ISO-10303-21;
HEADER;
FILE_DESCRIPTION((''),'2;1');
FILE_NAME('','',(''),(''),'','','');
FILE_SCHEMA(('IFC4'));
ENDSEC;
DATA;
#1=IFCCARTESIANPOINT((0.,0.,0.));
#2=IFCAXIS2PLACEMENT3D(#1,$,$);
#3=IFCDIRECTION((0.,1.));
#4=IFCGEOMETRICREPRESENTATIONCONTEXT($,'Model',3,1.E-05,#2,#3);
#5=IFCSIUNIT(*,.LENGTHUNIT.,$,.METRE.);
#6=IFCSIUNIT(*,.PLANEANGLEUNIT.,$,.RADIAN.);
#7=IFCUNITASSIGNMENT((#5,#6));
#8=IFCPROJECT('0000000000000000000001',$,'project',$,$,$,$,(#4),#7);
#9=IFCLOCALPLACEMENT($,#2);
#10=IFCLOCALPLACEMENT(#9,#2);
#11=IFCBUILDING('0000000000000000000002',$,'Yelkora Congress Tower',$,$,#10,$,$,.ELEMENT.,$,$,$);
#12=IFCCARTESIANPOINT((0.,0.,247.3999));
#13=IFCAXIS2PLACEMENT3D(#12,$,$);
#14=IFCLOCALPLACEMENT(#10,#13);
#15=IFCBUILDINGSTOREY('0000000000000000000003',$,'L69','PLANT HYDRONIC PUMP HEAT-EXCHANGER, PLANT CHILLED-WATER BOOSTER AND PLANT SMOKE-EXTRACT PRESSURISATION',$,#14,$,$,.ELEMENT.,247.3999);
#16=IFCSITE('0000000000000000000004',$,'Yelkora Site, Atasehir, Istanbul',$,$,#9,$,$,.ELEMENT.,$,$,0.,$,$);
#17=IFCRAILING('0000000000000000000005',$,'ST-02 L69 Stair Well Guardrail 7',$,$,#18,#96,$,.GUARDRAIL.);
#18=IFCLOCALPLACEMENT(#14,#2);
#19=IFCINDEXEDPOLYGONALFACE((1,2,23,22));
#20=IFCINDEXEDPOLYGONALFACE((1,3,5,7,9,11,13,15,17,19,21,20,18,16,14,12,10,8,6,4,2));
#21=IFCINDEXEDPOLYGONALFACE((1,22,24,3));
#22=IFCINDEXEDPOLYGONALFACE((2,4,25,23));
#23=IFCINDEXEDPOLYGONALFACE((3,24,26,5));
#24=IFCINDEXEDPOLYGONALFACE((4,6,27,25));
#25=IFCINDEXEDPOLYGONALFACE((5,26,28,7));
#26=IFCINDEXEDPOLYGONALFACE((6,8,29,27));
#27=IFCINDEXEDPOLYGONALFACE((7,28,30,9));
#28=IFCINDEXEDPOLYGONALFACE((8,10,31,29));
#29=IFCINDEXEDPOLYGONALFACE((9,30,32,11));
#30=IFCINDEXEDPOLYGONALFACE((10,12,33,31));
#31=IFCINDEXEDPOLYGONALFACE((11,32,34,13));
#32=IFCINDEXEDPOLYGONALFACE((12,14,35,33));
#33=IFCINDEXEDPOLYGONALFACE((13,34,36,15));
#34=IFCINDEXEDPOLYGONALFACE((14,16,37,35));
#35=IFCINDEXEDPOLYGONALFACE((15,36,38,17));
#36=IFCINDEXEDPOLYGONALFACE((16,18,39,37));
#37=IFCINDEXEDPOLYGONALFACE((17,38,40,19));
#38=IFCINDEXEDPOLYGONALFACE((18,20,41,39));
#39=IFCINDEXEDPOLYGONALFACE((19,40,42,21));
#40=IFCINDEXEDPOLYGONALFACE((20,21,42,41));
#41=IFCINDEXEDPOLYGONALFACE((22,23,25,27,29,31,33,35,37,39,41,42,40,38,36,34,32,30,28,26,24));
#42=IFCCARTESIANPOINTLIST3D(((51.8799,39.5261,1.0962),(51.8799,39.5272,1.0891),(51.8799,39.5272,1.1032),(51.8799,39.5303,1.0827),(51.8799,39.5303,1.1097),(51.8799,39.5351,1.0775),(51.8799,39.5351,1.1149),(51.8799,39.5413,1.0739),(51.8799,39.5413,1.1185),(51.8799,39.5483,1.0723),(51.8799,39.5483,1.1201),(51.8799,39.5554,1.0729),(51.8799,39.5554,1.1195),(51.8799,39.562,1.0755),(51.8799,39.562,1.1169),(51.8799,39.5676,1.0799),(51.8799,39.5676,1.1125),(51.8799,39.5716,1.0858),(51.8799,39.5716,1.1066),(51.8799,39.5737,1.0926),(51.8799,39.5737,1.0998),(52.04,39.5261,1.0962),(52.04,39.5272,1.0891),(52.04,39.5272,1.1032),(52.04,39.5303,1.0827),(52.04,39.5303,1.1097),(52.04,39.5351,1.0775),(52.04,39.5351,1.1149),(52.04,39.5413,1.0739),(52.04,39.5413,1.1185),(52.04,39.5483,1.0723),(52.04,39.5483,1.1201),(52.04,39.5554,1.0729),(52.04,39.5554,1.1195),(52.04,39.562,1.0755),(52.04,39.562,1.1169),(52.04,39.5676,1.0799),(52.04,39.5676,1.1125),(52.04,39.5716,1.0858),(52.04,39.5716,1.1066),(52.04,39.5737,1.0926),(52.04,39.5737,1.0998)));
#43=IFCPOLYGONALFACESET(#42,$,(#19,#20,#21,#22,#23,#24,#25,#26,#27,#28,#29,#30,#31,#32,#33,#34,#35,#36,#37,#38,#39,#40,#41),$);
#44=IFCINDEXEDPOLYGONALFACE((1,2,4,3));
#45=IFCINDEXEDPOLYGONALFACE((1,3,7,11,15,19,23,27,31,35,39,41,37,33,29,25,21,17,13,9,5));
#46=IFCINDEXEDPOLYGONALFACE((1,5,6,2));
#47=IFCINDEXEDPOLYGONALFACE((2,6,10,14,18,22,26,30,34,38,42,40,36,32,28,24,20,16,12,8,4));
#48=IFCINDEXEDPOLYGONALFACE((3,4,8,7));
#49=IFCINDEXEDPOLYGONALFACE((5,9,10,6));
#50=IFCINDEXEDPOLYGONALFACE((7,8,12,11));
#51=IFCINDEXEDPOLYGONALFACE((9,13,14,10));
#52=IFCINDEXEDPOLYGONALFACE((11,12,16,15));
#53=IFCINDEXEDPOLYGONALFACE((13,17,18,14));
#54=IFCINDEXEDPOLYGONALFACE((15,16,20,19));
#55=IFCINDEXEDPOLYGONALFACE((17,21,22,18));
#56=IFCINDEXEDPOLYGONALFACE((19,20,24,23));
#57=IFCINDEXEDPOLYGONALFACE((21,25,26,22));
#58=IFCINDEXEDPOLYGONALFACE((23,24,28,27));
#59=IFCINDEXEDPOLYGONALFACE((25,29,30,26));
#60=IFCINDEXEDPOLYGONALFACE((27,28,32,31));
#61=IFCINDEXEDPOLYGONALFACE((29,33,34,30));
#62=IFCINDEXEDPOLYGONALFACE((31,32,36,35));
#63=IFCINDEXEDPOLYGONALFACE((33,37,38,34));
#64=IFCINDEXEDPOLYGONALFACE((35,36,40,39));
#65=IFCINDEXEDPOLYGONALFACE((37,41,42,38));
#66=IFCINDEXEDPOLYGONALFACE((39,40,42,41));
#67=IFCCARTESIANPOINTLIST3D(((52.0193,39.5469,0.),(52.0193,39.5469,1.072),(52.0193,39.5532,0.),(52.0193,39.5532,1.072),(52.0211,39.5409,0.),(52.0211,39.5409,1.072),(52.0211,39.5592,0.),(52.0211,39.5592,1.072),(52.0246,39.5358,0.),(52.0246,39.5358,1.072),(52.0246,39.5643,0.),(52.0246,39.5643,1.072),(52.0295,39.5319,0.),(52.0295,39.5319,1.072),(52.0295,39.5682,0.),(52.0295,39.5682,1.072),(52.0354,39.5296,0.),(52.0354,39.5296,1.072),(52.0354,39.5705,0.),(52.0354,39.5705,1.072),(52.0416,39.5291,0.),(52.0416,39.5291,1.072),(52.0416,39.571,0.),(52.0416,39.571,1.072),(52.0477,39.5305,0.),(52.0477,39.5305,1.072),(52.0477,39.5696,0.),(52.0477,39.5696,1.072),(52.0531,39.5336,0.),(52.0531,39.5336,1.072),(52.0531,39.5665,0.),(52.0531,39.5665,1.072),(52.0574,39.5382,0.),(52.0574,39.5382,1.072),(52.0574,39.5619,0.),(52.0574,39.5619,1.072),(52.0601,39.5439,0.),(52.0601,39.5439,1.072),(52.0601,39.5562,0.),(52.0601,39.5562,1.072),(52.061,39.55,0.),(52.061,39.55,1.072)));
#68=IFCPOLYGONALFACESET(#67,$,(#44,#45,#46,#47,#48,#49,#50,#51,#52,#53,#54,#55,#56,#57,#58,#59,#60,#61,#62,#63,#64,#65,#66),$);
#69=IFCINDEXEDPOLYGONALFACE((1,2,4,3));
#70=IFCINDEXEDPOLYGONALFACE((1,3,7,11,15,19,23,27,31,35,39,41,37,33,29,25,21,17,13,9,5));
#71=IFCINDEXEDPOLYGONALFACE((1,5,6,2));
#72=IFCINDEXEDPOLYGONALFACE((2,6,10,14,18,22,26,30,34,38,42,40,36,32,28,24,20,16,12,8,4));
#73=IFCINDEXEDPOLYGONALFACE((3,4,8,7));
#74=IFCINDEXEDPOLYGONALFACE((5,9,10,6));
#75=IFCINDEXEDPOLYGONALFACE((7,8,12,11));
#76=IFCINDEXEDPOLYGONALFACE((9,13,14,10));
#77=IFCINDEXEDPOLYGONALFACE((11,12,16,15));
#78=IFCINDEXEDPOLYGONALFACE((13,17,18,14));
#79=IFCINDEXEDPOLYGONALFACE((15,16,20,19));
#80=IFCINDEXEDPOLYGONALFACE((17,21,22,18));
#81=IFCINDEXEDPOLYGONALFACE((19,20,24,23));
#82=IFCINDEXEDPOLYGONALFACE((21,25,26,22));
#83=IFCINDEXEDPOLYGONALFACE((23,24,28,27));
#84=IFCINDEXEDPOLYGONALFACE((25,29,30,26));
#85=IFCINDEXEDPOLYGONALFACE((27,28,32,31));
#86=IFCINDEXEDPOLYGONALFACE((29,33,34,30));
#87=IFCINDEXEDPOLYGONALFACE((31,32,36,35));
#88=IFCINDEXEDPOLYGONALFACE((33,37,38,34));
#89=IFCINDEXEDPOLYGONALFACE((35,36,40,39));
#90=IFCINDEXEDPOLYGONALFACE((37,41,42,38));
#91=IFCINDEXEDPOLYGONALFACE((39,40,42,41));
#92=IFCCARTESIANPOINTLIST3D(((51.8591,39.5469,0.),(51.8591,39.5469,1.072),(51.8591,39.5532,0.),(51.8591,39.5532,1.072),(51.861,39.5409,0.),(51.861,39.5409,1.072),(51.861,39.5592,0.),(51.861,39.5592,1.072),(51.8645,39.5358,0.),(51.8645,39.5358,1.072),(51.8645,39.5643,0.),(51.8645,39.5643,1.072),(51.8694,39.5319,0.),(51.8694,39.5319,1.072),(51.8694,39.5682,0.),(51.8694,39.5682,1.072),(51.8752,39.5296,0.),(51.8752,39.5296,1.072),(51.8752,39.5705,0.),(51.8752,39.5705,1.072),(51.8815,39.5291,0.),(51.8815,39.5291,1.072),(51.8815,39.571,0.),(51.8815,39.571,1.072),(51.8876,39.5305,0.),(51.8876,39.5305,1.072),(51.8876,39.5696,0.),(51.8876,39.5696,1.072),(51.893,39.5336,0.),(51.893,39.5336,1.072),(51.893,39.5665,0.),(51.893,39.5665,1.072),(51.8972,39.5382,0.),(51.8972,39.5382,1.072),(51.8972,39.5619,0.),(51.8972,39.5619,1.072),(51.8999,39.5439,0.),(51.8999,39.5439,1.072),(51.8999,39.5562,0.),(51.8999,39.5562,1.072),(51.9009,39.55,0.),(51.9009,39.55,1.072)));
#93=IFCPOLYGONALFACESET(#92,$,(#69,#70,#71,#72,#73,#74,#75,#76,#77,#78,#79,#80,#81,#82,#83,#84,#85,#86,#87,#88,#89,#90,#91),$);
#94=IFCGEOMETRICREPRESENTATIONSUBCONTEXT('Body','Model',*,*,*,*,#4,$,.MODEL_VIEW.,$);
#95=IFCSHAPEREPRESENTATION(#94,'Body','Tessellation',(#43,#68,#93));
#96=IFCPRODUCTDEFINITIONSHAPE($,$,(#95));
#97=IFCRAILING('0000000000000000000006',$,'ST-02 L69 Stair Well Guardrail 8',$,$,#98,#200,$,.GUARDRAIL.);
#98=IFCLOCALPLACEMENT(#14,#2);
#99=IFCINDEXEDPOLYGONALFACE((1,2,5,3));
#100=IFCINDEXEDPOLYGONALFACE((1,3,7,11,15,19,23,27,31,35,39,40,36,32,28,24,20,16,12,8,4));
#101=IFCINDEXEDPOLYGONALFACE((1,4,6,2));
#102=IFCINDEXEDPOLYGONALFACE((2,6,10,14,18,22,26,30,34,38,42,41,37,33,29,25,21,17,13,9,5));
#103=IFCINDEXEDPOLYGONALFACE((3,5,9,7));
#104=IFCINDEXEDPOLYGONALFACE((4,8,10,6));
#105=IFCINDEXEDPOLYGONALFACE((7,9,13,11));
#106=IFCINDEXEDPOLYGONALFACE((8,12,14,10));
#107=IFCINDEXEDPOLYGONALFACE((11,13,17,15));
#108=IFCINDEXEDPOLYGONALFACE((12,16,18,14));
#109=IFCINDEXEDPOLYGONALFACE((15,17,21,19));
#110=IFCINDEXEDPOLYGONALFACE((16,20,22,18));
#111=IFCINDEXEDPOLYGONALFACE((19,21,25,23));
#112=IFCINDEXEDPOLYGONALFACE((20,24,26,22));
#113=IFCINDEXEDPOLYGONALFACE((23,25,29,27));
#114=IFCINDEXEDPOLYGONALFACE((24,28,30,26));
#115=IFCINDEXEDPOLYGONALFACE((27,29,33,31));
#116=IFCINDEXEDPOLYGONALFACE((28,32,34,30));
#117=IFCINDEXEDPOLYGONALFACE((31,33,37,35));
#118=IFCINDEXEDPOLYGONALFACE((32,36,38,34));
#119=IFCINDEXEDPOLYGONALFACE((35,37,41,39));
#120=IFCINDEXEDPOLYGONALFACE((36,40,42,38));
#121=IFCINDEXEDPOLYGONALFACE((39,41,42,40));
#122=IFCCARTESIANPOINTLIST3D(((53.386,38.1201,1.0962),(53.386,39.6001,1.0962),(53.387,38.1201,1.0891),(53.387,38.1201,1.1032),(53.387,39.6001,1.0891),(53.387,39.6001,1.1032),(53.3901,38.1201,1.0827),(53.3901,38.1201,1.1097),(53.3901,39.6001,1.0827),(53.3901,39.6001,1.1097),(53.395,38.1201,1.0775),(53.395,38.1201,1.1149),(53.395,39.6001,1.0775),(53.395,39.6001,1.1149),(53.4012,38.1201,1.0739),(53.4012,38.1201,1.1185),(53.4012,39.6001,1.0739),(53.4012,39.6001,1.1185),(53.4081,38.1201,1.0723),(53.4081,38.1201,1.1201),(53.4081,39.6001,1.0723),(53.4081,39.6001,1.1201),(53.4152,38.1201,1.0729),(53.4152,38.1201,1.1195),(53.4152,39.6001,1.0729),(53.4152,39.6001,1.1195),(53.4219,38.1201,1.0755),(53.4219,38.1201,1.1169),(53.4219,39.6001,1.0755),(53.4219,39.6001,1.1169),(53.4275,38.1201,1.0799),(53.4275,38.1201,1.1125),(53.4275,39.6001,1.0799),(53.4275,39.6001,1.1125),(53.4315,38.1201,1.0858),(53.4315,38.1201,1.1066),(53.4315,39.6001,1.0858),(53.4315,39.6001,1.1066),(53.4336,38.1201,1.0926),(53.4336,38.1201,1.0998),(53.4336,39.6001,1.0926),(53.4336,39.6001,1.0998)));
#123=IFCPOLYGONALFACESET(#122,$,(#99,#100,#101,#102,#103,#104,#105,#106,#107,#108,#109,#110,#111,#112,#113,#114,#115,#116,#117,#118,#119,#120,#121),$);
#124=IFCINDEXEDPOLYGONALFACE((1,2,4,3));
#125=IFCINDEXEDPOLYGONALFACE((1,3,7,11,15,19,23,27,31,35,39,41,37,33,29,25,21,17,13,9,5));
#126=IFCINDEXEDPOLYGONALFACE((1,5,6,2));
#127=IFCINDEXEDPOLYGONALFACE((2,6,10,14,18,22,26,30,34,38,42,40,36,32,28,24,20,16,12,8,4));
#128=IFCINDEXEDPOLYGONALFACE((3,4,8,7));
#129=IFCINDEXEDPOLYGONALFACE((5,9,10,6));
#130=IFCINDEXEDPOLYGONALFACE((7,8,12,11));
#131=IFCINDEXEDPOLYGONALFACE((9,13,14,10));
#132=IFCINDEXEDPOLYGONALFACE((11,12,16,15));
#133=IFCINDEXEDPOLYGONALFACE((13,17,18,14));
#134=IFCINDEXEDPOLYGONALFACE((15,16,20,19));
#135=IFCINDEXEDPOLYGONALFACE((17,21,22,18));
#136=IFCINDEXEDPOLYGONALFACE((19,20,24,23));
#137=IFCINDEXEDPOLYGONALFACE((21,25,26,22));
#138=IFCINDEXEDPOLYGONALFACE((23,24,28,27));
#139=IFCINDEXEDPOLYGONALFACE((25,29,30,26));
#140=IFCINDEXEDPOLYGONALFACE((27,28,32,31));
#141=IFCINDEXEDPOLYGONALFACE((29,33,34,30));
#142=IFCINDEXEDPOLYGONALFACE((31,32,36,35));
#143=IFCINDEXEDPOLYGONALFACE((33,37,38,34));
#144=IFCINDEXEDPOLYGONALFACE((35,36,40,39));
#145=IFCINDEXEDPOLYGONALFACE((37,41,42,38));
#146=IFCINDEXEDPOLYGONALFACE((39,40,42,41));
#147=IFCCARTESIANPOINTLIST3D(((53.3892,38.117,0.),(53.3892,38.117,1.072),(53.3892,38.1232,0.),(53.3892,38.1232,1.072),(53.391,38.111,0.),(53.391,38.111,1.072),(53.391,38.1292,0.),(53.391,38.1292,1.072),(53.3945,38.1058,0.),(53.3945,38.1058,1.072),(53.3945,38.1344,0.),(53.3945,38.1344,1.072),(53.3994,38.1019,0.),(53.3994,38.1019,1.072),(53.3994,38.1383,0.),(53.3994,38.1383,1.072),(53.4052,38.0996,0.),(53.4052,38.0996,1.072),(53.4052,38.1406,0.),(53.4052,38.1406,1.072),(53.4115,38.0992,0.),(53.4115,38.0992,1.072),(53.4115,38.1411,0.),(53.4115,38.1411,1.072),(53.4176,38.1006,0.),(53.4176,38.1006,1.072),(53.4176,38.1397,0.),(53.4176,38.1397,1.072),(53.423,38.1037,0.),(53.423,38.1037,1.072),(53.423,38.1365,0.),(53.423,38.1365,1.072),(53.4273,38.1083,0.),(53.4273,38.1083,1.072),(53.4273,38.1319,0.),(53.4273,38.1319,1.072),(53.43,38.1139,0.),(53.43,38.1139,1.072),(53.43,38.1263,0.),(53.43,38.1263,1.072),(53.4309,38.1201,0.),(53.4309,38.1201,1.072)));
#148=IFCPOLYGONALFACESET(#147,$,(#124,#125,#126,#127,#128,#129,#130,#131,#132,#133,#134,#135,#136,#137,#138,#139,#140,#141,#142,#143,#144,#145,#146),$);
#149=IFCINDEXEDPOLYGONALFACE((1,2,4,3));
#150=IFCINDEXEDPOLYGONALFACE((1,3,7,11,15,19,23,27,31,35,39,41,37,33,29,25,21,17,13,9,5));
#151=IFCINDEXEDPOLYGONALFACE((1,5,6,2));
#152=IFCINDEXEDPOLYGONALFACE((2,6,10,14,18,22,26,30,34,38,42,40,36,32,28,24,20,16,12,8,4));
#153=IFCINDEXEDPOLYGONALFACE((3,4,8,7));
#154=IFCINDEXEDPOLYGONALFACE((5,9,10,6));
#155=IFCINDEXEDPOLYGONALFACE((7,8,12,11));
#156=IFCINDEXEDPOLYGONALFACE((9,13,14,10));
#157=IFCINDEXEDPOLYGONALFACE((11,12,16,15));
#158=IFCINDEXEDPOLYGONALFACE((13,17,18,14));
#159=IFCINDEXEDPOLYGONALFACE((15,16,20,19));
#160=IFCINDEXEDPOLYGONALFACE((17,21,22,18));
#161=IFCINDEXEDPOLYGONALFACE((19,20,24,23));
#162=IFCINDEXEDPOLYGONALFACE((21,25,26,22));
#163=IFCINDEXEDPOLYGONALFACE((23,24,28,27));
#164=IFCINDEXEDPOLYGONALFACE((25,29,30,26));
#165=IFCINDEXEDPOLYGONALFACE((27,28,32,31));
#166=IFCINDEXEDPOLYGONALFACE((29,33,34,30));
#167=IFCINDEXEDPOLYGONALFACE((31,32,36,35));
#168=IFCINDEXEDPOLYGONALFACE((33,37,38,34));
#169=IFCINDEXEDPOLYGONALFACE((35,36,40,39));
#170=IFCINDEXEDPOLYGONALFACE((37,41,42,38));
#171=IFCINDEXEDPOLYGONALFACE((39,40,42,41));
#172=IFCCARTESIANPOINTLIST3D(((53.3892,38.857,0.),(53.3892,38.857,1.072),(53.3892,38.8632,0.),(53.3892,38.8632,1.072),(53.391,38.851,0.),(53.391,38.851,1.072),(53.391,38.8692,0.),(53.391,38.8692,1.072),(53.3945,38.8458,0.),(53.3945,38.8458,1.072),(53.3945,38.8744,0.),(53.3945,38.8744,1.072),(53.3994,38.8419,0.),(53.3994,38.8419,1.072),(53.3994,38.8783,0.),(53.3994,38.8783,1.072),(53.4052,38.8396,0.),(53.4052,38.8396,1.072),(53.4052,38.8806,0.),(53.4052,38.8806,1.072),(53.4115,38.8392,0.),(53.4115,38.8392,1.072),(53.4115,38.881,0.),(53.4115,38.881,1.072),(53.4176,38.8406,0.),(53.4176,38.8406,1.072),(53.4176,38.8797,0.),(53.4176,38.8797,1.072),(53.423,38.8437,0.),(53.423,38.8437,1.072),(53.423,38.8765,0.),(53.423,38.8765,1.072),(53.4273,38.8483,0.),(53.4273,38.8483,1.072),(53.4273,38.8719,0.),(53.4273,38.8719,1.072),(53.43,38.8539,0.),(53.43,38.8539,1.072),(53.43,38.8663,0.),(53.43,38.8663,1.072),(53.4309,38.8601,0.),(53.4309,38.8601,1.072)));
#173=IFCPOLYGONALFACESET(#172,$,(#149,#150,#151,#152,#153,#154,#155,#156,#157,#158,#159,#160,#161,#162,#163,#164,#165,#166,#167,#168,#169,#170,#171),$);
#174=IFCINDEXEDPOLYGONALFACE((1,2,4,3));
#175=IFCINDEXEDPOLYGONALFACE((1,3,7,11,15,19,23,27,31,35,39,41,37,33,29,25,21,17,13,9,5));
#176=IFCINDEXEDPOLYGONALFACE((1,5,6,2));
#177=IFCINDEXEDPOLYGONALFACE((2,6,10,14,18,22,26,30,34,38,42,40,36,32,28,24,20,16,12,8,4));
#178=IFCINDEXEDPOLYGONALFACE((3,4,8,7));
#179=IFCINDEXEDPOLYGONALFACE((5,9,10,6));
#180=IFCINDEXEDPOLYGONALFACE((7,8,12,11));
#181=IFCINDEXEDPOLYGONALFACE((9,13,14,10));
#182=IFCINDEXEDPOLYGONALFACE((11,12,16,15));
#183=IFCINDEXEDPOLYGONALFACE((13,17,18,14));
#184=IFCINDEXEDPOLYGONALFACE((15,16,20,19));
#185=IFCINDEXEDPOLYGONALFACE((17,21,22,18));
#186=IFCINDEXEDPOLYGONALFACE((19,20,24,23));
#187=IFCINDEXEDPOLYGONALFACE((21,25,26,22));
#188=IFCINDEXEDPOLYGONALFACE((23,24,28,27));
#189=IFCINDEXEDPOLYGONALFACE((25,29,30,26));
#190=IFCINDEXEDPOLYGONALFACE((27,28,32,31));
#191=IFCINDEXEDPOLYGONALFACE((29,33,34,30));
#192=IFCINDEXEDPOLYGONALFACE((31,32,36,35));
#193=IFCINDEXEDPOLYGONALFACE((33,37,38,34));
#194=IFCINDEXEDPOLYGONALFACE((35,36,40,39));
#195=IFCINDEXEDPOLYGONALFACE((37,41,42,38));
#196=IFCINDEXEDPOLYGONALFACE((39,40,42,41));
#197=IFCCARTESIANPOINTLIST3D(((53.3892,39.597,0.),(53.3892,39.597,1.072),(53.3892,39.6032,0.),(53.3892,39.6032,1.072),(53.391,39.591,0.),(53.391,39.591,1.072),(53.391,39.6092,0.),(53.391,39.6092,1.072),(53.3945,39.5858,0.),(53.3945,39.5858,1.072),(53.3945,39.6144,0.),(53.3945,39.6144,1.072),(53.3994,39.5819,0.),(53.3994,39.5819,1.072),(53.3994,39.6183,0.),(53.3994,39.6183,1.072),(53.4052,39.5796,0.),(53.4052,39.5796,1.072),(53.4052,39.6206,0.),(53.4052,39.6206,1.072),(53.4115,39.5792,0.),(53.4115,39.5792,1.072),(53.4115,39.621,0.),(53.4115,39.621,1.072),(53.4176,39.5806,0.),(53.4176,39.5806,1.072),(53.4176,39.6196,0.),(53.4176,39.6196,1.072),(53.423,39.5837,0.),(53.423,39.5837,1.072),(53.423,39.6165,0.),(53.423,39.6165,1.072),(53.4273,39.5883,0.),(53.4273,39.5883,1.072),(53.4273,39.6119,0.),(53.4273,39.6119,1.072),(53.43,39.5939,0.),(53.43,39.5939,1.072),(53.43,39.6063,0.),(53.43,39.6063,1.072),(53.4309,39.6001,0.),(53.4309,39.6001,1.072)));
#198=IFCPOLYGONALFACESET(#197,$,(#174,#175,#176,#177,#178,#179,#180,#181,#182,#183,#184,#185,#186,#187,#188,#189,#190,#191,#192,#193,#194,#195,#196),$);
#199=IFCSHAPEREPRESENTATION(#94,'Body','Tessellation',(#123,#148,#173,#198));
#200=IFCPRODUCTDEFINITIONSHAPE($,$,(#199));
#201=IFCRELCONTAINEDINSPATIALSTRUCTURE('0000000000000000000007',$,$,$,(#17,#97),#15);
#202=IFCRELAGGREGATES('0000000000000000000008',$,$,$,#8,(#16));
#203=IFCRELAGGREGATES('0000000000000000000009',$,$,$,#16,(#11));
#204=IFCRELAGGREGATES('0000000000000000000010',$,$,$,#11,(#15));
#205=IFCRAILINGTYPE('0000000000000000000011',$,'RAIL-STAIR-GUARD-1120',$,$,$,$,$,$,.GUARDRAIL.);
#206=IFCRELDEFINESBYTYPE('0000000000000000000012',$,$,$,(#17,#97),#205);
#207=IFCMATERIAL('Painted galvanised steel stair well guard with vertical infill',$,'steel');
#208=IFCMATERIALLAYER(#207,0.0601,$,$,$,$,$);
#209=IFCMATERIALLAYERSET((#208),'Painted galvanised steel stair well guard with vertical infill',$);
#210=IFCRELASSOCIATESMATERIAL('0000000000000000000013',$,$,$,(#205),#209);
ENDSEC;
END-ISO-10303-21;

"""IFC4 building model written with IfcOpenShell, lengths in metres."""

from ifc_helpers import new_model, si_unit, direction, frame, origin, origin_2d, place, context, subcontext, project, spatial, circle, extrude, material, layer, layer_set, type_object, element, save


model = new_model("IFC4")

# Units and contexts
model_context = context("Model", 3, precision=1e-05, world=origin(), true_north=direction((0.0, 1.0)))
body_context = subcontext(model_context, "Body", "Model", "MODEL_VIEW")
ifc_project = project(units=[si_unit("LENGTHUNIT", "METRE"), si_unit("PLANEANGLEUNIT", "RADIAN")], contexts=[model_context])

# Site, building, storey
site_placement = place(None, origin())
site = spatial("IfcSite", under=ifc_project, at=site_placement, Name="Yelkora Site, Atasehir, Istanbul", CompositionType="ELEMENT", RefElevation=0.0)
building_placement = place(site_placement, origin())
building = spatial("IfcBuilding", under=site, at=building_placement, Name="Yelkora Congress Tower", CompositionType="ELEMENT")
storey_placement = place(building_placement, frame((0.0, 0.0, 247.3999)))
storey = spatial("IfcBuildingStorey", under=building, at=storey_placement, Name="L69", Description="PLANT HYDRONIC PUMP HEAT-EXCHANGER, PLANT CHILLED-WATER BOOSTER AND PLANT SMOKE-EXTRACT PRESSURISATION", CompositionType="ELEMENT", Elevation=247.3999)

# Railings
ifc_material_1 = material(Name="Painted galvanised steel stair well guard with vertical infill", Category="steel")
ifc_layer_1 = layer(ifc_material_1, 0.0601)
ifc_layer_set_1 = layer_set([ifc_layer_1], Name="Painted galvanised steel stair well guard with vertical infill")
railing_type_1 = type_object("IfcRailingType", Name="RAIL-STAIR-GUARD-1120", PredefinedType="GUARDRAIL", material=ifc_layer_set_1)
railing_1_placement = place(storey_placement, frame((52.04, 39.55, 0.0)))
element("IfcRailing", 1, at=railing_1_placement, inside=storey, type_object=railing_type_1, Name="ST-02 L69 Stair Well Guardrail 7", PredefinedType="GUARDRAIL", context=body_context, shape_type="SweptSolid", body=[
    extrude(circle(Radius=0.0239, at=origin_2d()), frame((0.0, 0.0, 1.0962), z_axis=(-1.0, 0.0, 0.0), x_axis=(0.0, -1.0, 0.0)), (0.0, 0.0, 1.0), 0.1602),
    extrude(circle(Radius=0.021, at=origin_2d()), origin(), (0.0, 0.0, 1.0), 1.072),
    extrude(circle(Radius=0.021, at=origin_2d()), frame((-0.1602, 0.0, 0.0)), (0.0, 0.0, 1.0), 1.072),
])
for number, where, name in (
    (2, (53.4099, 38.1201, 0.0), "ST-02 L69 Stair Well Guardrail 8"),
):
    element("IfcRailing", number, at=place(storey_placement, frame(where)), inside=storey, type_object=railing_type_1, Name=name, PredefinedType="GUARDRAIL", context=body_context, shape_type="SweptSolid", body=[
        extrude(circle(Radius=0.0239, at=origin_2d()), frame((0.0, 0.0, 1.0962), z_axis=(0.0, 1.0, 0.0), x_axis=(-1.0, 0.0, 0.0)), (0.0, 0.0, 1.0), 1.48),
        extrude(circle(Radius=0.021, at=origin_2d()), origin(), (0.0, 0.0, 1.0), 1.072),
        extrude(circle(Radius=0.021, at=origin_2d()), frame((0.0, 0.74, 0.0)), (0.0, 0.0, 1.0), 1.072),
        extrude(circle(Radius=0.021, at=origin_2d()), frame((0.0, 1.48, 0.0)), (0.0, 0.0, 1.0), 1.072),
    ])

save(model, "model.ifc")
